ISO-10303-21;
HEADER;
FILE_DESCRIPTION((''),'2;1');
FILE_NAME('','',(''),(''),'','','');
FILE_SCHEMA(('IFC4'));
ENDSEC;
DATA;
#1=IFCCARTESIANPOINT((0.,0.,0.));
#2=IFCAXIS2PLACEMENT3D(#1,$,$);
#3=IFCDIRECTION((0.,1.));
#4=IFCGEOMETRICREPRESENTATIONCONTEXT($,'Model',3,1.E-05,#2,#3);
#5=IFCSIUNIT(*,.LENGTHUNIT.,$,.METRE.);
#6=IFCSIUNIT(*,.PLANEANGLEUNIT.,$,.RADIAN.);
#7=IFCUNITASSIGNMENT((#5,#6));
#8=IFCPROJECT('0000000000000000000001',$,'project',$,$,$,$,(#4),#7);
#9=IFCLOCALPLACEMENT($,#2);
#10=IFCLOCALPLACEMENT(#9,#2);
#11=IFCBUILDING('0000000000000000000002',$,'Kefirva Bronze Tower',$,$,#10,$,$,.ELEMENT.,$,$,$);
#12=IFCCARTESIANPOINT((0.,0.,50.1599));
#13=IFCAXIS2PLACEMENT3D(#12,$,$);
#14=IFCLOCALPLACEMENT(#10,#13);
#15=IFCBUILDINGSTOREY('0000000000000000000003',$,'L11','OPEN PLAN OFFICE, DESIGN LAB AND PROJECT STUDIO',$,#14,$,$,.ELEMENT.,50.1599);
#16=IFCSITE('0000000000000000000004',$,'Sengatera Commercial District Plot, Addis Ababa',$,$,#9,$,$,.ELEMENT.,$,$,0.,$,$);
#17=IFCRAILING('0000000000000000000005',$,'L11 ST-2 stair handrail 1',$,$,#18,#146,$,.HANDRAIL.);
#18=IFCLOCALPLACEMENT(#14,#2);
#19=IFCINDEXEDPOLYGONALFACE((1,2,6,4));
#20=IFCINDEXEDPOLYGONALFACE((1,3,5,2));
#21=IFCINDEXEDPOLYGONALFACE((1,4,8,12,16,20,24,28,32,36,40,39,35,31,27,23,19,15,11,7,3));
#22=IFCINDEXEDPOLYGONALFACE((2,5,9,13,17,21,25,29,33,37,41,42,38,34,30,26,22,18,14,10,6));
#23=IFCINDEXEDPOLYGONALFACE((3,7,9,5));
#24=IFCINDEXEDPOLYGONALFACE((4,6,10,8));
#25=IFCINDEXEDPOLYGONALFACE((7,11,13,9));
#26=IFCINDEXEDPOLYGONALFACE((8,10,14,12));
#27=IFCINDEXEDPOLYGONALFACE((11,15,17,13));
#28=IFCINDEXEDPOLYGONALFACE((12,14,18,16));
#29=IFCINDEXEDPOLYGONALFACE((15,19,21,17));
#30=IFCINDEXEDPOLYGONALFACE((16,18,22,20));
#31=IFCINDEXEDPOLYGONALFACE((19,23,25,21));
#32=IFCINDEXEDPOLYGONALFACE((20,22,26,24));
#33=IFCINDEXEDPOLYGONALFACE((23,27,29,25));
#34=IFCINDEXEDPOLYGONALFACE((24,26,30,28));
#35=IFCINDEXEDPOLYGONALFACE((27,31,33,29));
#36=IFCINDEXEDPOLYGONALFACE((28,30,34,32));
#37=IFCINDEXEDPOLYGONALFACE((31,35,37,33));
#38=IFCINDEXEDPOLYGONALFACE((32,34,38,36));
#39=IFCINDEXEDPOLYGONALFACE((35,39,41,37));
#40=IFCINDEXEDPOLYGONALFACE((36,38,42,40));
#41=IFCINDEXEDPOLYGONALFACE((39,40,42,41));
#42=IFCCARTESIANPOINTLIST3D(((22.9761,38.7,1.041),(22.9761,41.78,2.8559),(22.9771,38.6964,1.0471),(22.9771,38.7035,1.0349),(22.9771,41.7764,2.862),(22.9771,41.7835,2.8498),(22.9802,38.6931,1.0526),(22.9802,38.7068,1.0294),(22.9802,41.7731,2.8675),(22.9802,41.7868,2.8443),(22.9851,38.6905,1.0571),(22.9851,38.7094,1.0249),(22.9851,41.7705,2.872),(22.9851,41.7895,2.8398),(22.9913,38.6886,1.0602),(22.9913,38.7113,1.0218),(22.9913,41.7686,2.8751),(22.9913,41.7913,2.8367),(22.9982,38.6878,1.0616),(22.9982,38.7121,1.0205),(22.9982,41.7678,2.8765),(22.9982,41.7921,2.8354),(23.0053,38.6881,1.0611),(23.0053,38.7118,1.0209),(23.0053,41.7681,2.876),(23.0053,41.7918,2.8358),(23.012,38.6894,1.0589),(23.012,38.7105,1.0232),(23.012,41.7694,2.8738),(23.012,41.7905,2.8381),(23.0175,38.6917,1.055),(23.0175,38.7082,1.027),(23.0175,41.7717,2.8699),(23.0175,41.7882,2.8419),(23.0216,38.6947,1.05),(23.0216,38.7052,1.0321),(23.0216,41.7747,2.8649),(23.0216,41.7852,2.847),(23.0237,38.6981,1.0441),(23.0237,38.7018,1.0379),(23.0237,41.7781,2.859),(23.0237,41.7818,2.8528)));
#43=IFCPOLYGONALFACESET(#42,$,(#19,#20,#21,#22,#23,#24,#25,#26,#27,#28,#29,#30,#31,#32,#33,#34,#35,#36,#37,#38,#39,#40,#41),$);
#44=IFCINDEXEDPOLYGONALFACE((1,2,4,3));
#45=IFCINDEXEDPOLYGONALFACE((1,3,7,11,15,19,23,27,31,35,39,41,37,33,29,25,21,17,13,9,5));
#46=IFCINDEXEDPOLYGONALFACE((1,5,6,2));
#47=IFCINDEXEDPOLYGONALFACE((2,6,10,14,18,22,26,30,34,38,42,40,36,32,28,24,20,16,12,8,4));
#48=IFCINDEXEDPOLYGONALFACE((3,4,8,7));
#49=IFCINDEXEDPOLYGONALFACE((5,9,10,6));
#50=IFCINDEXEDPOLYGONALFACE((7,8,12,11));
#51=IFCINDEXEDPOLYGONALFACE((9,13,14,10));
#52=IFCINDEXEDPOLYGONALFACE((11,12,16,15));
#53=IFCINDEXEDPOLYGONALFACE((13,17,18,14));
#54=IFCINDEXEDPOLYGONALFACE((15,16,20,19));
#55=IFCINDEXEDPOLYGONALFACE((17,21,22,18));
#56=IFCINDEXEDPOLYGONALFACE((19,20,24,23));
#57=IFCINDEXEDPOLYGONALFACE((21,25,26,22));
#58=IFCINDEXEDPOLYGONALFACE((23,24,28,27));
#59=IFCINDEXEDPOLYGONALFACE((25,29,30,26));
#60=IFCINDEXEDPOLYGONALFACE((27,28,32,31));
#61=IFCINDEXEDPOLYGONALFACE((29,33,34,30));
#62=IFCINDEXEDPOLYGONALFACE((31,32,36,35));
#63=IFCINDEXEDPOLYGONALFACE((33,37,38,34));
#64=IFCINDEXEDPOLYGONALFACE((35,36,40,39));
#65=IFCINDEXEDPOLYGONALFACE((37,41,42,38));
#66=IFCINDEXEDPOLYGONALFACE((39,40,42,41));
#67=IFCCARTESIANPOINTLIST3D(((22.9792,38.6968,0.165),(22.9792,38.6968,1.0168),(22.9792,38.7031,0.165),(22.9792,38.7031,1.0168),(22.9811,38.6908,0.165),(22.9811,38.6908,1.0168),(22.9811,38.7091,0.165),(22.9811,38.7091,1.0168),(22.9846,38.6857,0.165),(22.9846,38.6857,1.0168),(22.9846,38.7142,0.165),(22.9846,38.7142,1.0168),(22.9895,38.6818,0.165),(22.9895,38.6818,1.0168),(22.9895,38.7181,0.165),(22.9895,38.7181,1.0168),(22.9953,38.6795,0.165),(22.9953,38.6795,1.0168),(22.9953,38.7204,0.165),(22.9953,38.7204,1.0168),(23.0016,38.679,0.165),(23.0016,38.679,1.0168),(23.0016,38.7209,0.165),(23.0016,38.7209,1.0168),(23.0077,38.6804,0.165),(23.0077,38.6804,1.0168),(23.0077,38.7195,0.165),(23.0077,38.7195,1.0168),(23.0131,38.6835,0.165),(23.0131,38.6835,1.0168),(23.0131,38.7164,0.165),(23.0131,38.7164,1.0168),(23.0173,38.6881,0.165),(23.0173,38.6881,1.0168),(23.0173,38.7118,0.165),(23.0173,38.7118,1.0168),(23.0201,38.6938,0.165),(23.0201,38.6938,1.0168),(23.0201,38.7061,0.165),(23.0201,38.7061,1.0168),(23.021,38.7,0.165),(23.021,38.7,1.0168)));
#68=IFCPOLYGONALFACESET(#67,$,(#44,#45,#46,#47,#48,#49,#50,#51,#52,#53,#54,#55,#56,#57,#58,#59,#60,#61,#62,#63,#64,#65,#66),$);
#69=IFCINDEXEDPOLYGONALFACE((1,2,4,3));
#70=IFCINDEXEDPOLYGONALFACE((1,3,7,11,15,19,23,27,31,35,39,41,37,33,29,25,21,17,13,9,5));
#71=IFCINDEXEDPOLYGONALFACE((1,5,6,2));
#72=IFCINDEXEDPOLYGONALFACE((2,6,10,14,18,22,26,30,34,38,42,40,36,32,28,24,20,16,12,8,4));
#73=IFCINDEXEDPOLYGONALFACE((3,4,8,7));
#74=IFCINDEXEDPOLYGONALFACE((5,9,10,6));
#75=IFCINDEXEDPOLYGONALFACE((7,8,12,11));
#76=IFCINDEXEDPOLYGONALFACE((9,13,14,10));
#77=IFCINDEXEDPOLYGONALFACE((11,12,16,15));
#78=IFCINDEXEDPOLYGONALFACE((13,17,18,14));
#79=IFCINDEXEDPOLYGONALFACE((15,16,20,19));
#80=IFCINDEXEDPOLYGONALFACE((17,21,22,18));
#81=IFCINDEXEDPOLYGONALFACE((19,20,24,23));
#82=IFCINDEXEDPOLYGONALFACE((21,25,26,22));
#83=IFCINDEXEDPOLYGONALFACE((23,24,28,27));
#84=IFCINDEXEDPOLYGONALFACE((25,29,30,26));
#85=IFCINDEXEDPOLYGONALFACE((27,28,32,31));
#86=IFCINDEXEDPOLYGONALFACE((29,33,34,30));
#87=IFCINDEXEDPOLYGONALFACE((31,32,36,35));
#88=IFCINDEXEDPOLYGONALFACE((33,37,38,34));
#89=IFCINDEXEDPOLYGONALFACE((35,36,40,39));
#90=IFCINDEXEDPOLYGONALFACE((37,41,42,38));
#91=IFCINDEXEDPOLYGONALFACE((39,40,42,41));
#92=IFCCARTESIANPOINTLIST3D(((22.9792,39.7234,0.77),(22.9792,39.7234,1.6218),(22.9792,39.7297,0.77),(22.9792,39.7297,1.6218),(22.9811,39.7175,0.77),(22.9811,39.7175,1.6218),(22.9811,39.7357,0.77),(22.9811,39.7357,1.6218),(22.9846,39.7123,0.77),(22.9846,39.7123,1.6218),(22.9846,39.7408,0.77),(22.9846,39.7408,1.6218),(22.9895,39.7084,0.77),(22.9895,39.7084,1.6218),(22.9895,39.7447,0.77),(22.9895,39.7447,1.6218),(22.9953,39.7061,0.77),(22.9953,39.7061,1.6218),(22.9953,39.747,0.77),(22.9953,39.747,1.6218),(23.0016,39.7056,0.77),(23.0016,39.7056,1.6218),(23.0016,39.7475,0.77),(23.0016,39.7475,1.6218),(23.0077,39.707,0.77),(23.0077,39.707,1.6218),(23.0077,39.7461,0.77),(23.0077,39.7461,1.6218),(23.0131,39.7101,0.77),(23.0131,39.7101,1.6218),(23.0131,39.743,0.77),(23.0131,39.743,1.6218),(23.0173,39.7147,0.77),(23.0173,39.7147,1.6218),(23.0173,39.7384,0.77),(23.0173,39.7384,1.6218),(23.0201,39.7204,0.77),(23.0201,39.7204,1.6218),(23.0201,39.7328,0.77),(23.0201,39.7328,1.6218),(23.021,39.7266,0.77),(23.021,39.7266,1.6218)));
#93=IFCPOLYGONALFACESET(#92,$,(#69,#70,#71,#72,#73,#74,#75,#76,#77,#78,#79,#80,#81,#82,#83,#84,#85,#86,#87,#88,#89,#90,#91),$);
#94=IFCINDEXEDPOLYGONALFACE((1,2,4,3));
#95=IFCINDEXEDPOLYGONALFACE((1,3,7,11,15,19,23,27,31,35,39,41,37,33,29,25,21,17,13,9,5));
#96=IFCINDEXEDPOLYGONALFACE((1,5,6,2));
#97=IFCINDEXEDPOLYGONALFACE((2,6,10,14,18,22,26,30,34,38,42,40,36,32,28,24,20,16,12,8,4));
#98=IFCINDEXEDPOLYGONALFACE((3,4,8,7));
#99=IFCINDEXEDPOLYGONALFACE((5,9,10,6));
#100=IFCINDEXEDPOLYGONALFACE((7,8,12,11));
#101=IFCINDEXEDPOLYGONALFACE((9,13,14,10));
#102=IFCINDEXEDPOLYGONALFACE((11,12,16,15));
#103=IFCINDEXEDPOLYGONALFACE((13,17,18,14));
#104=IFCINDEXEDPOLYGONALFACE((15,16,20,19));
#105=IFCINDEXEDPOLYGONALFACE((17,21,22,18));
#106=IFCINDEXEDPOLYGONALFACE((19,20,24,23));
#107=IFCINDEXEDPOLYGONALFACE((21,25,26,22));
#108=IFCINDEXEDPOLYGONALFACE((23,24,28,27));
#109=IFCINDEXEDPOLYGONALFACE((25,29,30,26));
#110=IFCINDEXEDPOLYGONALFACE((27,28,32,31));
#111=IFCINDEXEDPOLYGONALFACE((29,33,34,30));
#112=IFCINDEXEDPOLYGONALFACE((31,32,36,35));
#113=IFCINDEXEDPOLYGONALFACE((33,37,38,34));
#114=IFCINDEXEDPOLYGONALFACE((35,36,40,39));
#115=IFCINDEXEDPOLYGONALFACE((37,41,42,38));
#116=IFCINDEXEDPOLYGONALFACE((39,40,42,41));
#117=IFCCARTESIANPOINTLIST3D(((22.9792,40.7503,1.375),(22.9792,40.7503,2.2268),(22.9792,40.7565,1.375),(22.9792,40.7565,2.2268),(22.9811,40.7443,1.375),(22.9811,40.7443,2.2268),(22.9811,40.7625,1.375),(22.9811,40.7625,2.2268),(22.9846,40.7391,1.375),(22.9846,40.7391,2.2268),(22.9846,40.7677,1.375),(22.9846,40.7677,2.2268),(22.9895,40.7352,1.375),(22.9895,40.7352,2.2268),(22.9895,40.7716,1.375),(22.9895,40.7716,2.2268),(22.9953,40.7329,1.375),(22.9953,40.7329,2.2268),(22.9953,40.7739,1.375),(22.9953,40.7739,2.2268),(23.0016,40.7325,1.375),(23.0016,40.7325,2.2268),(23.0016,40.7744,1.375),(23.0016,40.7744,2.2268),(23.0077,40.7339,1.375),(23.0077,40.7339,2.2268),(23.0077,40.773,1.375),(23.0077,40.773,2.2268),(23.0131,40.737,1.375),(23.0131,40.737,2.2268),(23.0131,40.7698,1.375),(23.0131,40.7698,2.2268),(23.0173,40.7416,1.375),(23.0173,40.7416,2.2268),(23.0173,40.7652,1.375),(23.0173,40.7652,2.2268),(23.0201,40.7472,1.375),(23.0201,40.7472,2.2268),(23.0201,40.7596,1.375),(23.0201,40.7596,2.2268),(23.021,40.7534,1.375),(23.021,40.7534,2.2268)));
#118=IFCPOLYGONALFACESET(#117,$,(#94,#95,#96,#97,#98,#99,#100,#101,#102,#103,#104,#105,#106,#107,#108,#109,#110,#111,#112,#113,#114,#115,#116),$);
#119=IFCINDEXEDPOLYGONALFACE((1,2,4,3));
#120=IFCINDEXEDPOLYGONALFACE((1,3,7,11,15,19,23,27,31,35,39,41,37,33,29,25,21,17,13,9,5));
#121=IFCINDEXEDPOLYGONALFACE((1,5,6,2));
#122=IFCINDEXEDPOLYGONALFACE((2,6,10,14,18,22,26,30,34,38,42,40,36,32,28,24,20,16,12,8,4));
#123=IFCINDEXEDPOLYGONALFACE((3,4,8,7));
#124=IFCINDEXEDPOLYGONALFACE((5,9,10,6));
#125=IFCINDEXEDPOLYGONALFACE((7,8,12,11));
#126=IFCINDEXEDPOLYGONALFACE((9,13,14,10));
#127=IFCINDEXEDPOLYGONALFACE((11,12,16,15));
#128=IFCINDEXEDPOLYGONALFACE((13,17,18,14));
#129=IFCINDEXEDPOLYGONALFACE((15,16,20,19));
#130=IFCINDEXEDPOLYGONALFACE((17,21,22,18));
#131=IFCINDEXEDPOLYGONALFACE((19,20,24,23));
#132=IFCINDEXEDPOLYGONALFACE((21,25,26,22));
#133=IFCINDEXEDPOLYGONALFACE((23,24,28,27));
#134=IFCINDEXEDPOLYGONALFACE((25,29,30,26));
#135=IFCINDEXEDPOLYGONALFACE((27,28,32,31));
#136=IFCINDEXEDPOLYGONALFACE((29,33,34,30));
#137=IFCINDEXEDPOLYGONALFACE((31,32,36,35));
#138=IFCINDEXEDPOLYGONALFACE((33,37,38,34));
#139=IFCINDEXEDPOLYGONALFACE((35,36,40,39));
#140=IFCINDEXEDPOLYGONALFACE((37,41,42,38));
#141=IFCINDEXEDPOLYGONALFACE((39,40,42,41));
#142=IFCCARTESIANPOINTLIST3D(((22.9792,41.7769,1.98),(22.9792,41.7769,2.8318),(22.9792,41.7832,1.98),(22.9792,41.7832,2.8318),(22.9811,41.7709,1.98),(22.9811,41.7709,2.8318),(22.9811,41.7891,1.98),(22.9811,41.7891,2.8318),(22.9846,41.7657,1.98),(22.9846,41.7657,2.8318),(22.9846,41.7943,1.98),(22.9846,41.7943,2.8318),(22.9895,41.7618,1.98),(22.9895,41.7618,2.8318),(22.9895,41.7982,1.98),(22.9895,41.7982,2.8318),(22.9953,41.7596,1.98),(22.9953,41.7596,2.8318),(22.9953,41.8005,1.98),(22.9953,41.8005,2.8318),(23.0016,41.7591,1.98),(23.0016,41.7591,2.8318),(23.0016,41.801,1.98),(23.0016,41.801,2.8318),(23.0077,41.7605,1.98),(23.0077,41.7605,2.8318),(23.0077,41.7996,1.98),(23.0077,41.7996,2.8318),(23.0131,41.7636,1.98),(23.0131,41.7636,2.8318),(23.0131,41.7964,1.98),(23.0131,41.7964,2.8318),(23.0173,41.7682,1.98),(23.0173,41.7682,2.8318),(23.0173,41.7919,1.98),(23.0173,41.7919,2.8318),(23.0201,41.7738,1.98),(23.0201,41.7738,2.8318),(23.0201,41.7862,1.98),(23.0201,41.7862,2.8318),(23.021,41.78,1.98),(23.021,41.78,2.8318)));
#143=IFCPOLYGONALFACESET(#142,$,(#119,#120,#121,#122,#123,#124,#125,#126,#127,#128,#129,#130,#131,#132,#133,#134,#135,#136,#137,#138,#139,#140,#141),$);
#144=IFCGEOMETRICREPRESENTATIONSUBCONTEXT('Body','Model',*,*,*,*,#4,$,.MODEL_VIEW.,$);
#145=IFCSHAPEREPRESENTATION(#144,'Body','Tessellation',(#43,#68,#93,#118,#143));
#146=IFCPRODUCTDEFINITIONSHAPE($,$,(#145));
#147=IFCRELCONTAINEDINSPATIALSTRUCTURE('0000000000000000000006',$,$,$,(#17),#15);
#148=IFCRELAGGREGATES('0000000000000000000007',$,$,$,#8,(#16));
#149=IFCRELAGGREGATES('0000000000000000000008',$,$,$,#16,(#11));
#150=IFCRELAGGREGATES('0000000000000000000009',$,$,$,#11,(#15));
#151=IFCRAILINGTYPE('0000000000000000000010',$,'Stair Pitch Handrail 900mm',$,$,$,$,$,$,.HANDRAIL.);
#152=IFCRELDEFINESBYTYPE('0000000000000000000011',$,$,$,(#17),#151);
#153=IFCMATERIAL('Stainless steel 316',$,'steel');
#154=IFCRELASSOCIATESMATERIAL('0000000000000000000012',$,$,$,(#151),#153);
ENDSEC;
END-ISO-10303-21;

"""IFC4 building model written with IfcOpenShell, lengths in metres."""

from ifc_helpers import new_model, si_unit, direction, frame, origin, origin_2d, place, context, subcontext, project, spatial, circle, extrude, material, type_object, element, save


model = new_model("IFC4")

# Units and contexts
model_context = context("Model", 3, precision=1e-05, world=origin(), true_north=direction((0.0, 1.0)))
body_context = subcontext(model_context, "Body", "Model", "MODEL_VIEW")
ifc_project = project(units=[si_unit("LENGTHUNIT", "METRE"), si_unit("PLANEANGLEUNIT", "RADIAN")], contexts=[model_context])

# Site, building, storey
site_placement = place(None, origin())
site = spatial("IfcSite", under=ifc_project, at=site_placement, Name="Sengatera Commercial District Plot, Addis Ababa", CompositionType="ELEMENT", RefElevation=0.0)
building_placement = place(site_placement, origin())
building = spatial("IfcBuilding", under=site, at=building_placement, Name="Kefirva Bronze Tower", CompositionType="ELEMENT")
storey_placement = place(building_placement, frame((0.0, 0.0, 50.1599)))
storey = spatial("IfcBuildingStorey", under=building, at=storey_placement, Name="L11", Description="OPEN PLAN OFFICE, DESIGN LAB AND PROJECT STUDIO", CompositionType="ELEMENT", Elevation=50.1599)

# Railing
ifc_material_1 = material(Name="Stainless steel 316", Category="steel")
railing_type_1 = type_object("IfcRailingType", Name="Stair Pitch Handrail 900mm", PredefinedType="HANDRAIL", material=ifc_material_1)
railing_1_placement = place(storey_placement, frame((23.0, 38.7, 0.165)))
element("IfcRailing", 1, at=railing_1_placement, inside=storey, type_object=railing_type_1, Name="L11 ST-2 stair handrail 1", PredefinedType="HANDRAIL", context=body_context, shape_type="SweptSolid", body=[
    extrude(circle(Radius=0.0239, at=origin_2d()), frame((0.0, 0.0, 0.876), z_axis=(0.0, 0.861551, 0.507671), x_axis=(-1.0, 0.0, 0.0)), (0.0, 0.0, 1.0), 3.575),
    extrude(circle(Radius=0.021, at=origin_2d()), origin(), (0.0, 0.0, 1.0), 0.8518),
    extrude(circle(Radius=0.021, at=origin_2d()), frame((0.0, 1.0266, 0.605)), (0.0, 0.0, 1.0), 0.8518),
    extrude(circle(Radius=0.021, at=origin_2d()), frame((0.0, 2.0535, 1.21)), (0.0, 0.0, 1.0), 0.8518),
    extrude(circle(Radius=0.021, at=origin_2d()), frame((0.0, 3.0801, 1.8149)), (0.0, 0.0, 1.0), 0.8518),
])

save(model, "model.ifc")
